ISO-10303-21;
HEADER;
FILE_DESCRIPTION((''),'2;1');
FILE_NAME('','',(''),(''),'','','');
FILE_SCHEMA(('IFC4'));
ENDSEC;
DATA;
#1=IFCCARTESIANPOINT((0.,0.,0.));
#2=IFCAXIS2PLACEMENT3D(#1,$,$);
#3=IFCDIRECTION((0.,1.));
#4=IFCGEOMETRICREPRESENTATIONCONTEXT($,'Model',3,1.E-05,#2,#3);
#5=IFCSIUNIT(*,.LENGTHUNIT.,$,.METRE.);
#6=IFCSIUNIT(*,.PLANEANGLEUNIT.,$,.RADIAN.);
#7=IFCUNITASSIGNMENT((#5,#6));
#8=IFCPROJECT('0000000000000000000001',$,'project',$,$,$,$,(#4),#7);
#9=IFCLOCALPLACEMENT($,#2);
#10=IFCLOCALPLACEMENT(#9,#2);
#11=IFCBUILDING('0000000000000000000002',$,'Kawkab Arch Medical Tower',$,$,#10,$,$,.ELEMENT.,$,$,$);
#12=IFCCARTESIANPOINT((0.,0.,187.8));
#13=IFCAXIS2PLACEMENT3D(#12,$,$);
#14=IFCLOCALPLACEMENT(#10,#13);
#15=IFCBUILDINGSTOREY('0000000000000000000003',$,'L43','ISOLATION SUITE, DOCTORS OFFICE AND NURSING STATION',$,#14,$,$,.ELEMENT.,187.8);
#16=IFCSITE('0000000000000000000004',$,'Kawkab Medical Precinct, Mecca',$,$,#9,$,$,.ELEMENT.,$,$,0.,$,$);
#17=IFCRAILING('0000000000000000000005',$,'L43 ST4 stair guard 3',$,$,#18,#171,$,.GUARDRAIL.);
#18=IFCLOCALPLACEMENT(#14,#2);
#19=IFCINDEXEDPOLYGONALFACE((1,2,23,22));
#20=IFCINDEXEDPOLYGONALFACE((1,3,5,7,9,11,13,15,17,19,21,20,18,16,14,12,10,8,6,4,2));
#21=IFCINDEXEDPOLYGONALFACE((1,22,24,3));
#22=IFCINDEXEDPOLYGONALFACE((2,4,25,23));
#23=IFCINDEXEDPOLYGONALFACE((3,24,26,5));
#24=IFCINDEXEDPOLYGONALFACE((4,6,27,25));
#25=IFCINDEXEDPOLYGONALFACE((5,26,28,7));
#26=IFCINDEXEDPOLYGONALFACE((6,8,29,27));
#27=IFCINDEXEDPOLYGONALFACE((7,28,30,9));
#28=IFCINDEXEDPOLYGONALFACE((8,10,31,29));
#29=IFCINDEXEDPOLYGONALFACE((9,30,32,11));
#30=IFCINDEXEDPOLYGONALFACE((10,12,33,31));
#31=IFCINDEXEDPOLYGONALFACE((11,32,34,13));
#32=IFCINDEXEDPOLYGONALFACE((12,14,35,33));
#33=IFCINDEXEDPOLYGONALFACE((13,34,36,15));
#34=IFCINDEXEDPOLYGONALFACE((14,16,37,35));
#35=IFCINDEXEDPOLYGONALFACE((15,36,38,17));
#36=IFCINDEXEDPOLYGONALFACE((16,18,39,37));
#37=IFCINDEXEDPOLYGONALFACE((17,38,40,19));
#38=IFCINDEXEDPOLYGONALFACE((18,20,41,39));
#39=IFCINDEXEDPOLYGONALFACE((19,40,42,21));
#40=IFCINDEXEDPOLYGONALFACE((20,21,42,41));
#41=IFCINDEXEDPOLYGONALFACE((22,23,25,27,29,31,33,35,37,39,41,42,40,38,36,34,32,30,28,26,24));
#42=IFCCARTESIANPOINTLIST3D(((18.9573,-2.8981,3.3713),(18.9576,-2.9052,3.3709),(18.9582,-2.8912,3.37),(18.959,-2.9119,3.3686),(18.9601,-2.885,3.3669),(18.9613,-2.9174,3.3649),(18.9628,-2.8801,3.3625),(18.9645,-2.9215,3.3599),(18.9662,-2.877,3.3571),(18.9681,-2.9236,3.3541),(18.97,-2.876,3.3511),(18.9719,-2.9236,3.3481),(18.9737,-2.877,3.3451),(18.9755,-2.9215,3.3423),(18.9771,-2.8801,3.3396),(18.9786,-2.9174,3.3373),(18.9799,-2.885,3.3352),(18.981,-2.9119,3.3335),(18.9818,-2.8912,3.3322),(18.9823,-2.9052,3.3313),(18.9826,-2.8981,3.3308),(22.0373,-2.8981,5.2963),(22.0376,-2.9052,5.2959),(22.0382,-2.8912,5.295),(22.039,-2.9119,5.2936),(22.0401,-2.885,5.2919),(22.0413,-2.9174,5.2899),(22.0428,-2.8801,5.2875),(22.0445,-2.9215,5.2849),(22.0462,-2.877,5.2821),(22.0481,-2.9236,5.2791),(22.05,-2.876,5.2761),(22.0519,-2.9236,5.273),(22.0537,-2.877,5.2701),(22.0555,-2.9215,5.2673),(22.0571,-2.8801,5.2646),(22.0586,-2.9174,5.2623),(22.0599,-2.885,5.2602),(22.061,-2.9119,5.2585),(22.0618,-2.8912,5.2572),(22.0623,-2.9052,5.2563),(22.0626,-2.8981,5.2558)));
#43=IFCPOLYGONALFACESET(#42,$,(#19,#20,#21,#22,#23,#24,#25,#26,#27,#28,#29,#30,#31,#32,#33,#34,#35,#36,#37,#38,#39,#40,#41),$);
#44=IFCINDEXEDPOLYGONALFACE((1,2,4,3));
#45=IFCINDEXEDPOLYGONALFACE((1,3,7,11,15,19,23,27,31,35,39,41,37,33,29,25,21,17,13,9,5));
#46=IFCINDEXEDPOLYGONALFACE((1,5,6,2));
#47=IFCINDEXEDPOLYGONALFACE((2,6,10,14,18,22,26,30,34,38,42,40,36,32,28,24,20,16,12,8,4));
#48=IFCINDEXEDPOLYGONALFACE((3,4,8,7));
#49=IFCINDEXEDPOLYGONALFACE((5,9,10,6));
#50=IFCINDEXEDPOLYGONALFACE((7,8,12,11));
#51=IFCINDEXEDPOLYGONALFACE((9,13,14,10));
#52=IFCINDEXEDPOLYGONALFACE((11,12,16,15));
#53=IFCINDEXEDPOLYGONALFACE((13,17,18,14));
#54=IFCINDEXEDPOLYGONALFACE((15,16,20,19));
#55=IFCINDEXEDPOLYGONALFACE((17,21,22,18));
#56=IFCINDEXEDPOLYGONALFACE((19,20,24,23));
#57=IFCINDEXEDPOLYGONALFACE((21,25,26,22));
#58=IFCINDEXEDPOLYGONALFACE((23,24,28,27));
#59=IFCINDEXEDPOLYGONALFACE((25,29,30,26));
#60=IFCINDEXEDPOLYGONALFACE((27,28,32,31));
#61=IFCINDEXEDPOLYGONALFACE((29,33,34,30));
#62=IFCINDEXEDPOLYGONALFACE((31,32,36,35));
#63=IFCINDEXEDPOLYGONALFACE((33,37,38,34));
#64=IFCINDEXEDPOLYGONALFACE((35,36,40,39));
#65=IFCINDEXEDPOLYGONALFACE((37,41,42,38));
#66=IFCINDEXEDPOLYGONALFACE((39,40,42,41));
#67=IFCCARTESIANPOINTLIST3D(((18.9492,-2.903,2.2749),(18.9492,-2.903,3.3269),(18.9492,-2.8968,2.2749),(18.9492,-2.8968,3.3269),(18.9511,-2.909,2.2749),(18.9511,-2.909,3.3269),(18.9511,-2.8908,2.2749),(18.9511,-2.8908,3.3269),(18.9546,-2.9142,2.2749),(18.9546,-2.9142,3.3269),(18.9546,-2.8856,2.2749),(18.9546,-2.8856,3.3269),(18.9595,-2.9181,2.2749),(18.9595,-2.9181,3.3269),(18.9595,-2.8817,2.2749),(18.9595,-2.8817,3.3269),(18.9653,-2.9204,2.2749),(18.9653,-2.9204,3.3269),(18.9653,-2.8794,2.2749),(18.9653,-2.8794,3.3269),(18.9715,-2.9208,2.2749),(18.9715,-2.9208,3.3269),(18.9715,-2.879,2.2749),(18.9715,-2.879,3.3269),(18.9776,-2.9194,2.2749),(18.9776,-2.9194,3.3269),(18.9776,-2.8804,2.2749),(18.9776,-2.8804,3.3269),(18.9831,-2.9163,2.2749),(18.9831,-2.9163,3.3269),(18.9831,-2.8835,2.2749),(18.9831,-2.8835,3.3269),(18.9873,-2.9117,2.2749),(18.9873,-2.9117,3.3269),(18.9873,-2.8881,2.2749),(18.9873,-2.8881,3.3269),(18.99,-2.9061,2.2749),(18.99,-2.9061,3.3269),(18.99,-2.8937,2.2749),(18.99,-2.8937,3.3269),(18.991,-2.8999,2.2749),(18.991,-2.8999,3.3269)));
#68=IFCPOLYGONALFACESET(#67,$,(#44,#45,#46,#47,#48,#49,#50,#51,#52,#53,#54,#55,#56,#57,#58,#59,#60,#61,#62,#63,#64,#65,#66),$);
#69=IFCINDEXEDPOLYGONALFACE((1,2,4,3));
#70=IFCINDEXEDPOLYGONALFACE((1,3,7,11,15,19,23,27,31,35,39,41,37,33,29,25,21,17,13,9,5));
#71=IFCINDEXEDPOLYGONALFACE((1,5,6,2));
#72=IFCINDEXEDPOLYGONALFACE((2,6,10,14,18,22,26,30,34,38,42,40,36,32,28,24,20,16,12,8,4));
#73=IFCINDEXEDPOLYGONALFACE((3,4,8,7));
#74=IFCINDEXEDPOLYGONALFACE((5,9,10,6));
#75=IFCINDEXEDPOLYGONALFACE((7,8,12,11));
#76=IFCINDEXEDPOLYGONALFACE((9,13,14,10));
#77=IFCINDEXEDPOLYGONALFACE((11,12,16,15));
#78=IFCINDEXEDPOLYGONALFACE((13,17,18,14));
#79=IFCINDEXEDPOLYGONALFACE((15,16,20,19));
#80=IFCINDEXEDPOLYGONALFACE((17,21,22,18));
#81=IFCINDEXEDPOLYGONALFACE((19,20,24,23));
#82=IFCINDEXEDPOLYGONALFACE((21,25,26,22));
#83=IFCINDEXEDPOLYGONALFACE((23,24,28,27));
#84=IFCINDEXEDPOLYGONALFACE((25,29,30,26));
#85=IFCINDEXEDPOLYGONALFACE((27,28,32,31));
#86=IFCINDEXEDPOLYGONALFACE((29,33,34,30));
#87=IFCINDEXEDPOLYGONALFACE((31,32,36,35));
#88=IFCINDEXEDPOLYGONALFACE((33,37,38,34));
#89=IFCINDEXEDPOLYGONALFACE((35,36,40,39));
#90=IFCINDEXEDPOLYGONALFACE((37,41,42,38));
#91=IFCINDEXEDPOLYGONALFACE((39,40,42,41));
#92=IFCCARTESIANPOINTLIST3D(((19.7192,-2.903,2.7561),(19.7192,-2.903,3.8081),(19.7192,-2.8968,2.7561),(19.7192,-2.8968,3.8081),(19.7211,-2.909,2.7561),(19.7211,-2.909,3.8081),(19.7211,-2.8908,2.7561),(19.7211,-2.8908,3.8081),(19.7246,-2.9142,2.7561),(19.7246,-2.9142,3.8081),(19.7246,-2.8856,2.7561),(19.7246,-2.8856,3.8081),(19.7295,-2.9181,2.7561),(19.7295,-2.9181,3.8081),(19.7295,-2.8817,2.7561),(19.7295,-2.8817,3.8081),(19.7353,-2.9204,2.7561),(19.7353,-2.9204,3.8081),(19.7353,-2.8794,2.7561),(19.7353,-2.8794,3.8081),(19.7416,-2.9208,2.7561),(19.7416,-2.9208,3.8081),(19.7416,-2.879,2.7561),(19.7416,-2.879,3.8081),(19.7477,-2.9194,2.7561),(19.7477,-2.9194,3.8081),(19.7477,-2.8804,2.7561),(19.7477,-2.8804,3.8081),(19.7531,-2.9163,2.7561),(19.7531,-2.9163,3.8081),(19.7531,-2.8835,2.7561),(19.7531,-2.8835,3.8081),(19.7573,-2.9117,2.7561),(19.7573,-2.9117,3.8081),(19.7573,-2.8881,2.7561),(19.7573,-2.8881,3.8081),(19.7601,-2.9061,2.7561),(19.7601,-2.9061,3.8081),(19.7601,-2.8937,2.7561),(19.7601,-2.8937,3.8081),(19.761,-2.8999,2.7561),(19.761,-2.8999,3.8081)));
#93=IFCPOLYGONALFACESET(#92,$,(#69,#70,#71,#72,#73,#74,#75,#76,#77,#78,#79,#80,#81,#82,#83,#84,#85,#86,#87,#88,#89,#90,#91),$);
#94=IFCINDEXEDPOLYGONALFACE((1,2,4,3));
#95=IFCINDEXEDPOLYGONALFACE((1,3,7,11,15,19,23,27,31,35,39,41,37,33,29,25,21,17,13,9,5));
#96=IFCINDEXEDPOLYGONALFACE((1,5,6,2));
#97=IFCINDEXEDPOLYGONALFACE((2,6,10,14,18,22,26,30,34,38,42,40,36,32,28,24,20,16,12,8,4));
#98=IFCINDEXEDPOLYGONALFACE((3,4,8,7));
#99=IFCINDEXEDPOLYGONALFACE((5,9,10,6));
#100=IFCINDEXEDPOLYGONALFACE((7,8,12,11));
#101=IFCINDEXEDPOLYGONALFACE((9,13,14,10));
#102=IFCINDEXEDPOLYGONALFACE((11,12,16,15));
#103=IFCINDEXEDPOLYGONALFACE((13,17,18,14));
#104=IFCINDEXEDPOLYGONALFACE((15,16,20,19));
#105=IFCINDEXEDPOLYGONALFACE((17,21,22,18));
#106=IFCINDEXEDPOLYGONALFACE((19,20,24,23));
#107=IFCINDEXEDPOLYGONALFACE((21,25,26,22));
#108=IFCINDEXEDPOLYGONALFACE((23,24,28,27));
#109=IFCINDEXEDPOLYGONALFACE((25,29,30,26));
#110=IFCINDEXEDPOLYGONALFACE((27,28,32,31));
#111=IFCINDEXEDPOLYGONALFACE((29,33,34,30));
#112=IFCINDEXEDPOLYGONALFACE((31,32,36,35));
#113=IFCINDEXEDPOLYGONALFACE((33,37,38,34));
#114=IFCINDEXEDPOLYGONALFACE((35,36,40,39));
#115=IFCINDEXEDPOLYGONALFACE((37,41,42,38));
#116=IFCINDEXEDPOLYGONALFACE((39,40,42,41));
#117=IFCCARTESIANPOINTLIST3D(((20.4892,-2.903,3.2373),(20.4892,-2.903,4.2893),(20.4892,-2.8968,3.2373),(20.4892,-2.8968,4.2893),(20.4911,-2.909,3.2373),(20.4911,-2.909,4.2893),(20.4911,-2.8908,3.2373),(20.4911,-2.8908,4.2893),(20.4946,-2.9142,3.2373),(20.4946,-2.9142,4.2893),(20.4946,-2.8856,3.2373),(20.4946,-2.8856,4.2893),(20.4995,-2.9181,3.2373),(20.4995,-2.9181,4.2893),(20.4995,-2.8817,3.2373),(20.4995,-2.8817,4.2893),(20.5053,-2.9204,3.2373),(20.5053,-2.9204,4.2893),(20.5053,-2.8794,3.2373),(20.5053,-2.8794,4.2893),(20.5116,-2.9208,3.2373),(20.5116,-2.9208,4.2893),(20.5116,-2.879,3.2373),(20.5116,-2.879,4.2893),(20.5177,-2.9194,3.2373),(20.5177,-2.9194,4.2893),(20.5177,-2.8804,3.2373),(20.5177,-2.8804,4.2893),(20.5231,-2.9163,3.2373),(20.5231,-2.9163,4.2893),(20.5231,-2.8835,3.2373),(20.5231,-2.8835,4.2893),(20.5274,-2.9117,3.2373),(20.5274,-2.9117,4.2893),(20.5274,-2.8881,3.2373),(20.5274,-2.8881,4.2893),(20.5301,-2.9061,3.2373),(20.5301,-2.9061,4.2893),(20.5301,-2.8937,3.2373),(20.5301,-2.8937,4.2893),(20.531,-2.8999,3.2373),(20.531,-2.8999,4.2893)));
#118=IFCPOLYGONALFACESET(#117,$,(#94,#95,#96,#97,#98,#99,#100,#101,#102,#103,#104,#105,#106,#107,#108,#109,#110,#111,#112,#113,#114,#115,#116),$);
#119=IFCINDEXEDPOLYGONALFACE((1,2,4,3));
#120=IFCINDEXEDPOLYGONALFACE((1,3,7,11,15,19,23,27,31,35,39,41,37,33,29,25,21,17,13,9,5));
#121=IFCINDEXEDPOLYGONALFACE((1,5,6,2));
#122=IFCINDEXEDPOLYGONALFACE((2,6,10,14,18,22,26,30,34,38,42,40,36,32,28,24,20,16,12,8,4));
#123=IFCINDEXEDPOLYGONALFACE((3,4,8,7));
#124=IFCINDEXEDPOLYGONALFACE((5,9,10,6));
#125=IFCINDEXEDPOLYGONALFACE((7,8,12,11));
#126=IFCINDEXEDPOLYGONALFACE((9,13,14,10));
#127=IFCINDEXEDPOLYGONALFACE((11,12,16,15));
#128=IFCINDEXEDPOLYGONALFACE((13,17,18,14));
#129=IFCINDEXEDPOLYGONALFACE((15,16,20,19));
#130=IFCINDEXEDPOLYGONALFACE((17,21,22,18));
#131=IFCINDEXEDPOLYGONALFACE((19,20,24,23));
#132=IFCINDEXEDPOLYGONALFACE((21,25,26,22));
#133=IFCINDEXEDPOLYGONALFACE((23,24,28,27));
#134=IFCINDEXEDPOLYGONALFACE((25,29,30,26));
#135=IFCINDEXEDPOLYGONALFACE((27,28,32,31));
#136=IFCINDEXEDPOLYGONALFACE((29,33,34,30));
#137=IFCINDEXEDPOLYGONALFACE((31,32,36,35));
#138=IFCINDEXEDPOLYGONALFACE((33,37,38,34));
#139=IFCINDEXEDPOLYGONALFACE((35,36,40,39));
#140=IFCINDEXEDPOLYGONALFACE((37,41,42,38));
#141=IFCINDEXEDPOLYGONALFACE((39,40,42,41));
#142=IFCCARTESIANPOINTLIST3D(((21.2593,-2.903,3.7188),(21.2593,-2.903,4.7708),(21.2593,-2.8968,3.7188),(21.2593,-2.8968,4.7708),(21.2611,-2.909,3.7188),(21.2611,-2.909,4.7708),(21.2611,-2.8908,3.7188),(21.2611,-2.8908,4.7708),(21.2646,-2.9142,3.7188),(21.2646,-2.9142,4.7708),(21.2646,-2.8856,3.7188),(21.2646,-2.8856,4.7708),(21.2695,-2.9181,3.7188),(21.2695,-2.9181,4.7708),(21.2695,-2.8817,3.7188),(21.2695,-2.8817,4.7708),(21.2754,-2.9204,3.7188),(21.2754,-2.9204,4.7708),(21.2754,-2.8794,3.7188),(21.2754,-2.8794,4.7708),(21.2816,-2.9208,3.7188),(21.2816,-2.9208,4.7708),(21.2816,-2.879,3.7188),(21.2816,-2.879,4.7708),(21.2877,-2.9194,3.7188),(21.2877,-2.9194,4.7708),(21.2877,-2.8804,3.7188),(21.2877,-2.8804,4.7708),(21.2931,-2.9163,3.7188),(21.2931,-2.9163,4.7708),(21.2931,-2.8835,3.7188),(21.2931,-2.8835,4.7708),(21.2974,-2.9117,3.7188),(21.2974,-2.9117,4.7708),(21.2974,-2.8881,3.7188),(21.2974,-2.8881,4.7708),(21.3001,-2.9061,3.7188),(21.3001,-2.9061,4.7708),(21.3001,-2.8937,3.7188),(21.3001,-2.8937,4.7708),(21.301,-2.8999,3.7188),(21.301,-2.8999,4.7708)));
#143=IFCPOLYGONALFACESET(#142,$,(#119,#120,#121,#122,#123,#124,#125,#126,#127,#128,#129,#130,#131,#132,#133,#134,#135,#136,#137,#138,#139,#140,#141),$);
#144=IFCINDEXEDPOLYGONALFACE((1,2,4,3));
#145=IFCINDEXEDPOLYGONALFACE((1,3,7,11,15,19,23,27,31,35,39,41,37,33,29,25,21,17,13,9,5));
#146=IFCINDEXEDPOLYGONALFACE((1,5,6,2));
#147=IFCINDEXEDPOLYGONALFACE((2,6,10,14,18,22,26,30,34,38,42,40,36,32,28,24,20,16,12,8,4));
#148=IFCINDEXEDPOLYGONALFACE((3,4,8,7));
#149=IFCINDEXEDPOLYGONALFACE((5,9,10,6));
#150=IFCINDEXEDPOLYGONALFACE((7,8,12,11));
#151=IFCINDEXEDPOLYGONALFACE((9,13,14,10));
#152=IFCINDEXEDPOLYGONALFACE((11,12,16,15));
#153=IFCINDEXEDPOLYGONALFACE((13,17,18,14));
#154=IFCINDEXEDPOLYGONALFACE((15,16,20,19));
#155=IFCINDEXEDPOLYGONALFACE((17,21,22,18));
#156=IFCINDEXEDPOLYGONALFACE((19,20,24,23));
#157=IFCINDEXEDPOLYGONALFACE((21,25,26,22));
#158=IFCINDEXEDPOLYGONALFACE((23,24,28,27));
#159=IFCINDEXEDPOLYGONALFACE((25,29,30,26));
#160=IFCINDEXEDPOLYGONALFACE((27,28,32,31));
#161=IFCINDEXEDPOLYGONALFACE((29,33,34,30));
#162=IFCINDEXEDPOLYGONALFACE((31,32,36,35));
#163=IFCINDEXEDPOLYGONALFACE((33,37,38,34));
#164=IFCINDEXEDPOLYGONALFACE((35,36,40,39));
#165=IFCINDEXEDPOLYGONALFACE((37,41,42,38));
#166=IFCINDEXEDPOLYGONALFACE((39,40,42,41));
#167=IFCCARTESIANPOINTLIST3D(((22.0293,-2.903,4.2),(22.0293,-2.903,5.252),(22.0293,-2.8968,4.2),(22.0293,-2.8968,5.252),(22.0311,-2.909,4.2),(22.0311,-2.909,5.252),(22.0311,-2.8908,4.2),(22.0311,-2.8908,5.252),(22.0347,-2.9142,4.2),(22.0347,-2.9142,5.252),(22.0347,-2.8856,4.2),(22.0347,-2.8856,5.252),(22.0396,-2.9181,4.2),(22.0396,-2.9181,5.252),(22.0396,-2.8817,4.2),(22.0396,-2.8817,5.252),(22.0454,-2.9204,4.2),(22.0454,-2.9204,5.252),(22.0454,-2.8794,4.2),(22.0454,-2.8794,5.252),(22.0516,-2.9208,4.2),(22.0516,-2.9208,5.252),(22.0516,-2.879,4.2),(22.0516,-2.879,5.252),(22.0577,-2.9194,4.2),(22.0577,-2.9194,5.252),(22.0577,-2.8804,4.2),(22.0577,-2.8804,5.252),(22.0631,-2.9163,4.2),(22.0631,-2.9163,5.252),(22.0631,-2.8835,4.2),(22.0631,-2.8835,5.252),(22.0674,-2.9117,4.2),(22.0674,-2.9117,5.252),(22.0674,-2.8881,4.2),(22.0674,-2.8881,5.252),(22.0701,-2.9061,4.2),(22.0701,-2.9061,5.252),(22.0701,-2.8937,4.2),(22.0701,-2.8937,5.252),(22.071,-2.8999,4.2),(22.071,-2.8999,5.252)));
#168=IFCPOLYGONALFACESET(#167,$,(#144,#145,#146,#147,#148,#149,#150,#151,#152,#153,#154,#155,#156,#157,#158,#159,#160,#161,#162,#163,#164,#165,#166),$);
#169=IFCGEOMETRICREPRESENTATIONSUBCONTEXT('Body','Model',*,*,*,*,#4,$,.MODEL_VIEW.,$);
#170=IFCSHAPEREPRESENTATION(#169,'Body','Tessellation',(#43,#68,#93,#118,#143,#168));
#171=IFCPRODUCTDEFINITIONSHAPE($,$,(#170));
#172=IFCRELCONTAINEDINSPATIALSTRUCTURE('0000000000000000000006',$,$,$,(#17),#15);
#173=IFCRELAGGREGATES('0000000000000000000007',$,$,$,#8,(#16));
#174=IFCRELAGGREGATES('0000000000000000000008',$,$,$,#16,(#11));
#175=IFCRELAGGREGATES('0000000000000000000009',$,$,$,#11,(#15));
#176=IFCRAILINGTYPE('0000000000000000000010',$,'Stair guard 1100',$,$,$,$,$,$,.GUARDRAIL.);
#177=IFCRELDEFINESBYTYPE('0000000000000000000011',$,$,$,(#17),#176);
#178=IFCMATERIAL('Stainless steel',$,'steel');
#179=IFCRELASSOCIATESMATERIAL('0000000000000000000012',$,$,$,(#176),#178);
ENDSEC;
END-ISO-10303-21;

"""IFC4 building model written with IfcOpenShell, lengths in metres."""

from ifc_helpers import new_model, si_unit, direction, frame, origin, origin_2d, place, context, subcontext, project, spatial, circle, extrude, material, type_object, element, save


model = new_model("IFC4")

# Units and contexts
model_context = context("Model", 3, precision=1e-05, world=origin(), true_north=direction((0.0, 1.0)))
body_context = subcontext(model_context, "Body", "Model", "MODEL_VIEW")
ifc_project = project(units=[si_unit("LENGTHUNIT", "METRE"), si_unit("PLANEANGLEUNIT", "RADIAN")], contexts=[model_context])

# Site, building, storey
site_placement = place(None, origin())
site = spatial("IfcSite", under=ifc_project, at=site_placement, Name="Kawkab Medical Precinct, Mecca", CompositionType="ELEMENT", RefElevation=0.0)
building_placement = place(site_placement, origin())
building = spatial("IfcBuilding", under=site, at=building_placement, Name="Kawkab Arch Medical Tower", CompositionType="ELEMENT")
storey_placement = place(building_placement, frame((0.0, 0.0, 187.8)))
storey = spatial("IfcBuildingStorey", under=building, at=storey_placement, Name="L43", Description="ISOLATION SUITE, DOCTORS OFFICE AND NURSING STATION", CompositionType="ELEMENT", Elevation=187.8)

# Railing
ifc_material_1 = material(Name="Stainless steel", Category="steel")
railing_type_1 = type_object("IfcRailingType", Name="Stair guard 1100", PredefinedType="GUARDRAIL", material=ifc_material_1)
railing_1_placement = place(storey_placement, frame((18.97, -2.8999, 2.2749)))
element("IfcRailing", 1, at=railing_1_placement, inside=storey, type_object=railing_type_1, Name="L43 ST4 stair guard 3", PredefinedType="GUARDRAIL", context=body_context, shape_type="SweptSolid", body=[
    extrude(circle(Radius=0.0239, at=origin_2d()), frame((0.0, 0.0, 1.0762), z_axis=(0.847998, 0.0, 0.529999), x_axis=(0.0, 1.0, 0.0)), (0.0, 0.0, 1.0), 3.6321),
    extrude(circle(Radius=0.021, at=origin_2d()), origin(), (0.0, 0.0, 1.0), 1.052),
    extrude(circle(Radius=0.021, at=origin_2d()), frame((0.77, 0.0, 0.4812)), (0.0, 0.0, 1.0), 1.052),
    extrude(circle(Radius=0.021, at=origin_2d()), frame((1.54, 0.0, 0.9624)), (0.0, 0.0, 1.0), 1.052),
    extrude(circle(Radius=0.021, at=origin_2d()), frame((2.3101, 0.0, 1.4438)), (0.0, 0.0, 1.0), 1.052),
    extrude(circle(Radius=0.021, at=origin_2d()), frame((3.0801, 0.0, 1.925)), (0.0, 0.0, 1.0), 1.052),
])

save(model, "model.ifc")
